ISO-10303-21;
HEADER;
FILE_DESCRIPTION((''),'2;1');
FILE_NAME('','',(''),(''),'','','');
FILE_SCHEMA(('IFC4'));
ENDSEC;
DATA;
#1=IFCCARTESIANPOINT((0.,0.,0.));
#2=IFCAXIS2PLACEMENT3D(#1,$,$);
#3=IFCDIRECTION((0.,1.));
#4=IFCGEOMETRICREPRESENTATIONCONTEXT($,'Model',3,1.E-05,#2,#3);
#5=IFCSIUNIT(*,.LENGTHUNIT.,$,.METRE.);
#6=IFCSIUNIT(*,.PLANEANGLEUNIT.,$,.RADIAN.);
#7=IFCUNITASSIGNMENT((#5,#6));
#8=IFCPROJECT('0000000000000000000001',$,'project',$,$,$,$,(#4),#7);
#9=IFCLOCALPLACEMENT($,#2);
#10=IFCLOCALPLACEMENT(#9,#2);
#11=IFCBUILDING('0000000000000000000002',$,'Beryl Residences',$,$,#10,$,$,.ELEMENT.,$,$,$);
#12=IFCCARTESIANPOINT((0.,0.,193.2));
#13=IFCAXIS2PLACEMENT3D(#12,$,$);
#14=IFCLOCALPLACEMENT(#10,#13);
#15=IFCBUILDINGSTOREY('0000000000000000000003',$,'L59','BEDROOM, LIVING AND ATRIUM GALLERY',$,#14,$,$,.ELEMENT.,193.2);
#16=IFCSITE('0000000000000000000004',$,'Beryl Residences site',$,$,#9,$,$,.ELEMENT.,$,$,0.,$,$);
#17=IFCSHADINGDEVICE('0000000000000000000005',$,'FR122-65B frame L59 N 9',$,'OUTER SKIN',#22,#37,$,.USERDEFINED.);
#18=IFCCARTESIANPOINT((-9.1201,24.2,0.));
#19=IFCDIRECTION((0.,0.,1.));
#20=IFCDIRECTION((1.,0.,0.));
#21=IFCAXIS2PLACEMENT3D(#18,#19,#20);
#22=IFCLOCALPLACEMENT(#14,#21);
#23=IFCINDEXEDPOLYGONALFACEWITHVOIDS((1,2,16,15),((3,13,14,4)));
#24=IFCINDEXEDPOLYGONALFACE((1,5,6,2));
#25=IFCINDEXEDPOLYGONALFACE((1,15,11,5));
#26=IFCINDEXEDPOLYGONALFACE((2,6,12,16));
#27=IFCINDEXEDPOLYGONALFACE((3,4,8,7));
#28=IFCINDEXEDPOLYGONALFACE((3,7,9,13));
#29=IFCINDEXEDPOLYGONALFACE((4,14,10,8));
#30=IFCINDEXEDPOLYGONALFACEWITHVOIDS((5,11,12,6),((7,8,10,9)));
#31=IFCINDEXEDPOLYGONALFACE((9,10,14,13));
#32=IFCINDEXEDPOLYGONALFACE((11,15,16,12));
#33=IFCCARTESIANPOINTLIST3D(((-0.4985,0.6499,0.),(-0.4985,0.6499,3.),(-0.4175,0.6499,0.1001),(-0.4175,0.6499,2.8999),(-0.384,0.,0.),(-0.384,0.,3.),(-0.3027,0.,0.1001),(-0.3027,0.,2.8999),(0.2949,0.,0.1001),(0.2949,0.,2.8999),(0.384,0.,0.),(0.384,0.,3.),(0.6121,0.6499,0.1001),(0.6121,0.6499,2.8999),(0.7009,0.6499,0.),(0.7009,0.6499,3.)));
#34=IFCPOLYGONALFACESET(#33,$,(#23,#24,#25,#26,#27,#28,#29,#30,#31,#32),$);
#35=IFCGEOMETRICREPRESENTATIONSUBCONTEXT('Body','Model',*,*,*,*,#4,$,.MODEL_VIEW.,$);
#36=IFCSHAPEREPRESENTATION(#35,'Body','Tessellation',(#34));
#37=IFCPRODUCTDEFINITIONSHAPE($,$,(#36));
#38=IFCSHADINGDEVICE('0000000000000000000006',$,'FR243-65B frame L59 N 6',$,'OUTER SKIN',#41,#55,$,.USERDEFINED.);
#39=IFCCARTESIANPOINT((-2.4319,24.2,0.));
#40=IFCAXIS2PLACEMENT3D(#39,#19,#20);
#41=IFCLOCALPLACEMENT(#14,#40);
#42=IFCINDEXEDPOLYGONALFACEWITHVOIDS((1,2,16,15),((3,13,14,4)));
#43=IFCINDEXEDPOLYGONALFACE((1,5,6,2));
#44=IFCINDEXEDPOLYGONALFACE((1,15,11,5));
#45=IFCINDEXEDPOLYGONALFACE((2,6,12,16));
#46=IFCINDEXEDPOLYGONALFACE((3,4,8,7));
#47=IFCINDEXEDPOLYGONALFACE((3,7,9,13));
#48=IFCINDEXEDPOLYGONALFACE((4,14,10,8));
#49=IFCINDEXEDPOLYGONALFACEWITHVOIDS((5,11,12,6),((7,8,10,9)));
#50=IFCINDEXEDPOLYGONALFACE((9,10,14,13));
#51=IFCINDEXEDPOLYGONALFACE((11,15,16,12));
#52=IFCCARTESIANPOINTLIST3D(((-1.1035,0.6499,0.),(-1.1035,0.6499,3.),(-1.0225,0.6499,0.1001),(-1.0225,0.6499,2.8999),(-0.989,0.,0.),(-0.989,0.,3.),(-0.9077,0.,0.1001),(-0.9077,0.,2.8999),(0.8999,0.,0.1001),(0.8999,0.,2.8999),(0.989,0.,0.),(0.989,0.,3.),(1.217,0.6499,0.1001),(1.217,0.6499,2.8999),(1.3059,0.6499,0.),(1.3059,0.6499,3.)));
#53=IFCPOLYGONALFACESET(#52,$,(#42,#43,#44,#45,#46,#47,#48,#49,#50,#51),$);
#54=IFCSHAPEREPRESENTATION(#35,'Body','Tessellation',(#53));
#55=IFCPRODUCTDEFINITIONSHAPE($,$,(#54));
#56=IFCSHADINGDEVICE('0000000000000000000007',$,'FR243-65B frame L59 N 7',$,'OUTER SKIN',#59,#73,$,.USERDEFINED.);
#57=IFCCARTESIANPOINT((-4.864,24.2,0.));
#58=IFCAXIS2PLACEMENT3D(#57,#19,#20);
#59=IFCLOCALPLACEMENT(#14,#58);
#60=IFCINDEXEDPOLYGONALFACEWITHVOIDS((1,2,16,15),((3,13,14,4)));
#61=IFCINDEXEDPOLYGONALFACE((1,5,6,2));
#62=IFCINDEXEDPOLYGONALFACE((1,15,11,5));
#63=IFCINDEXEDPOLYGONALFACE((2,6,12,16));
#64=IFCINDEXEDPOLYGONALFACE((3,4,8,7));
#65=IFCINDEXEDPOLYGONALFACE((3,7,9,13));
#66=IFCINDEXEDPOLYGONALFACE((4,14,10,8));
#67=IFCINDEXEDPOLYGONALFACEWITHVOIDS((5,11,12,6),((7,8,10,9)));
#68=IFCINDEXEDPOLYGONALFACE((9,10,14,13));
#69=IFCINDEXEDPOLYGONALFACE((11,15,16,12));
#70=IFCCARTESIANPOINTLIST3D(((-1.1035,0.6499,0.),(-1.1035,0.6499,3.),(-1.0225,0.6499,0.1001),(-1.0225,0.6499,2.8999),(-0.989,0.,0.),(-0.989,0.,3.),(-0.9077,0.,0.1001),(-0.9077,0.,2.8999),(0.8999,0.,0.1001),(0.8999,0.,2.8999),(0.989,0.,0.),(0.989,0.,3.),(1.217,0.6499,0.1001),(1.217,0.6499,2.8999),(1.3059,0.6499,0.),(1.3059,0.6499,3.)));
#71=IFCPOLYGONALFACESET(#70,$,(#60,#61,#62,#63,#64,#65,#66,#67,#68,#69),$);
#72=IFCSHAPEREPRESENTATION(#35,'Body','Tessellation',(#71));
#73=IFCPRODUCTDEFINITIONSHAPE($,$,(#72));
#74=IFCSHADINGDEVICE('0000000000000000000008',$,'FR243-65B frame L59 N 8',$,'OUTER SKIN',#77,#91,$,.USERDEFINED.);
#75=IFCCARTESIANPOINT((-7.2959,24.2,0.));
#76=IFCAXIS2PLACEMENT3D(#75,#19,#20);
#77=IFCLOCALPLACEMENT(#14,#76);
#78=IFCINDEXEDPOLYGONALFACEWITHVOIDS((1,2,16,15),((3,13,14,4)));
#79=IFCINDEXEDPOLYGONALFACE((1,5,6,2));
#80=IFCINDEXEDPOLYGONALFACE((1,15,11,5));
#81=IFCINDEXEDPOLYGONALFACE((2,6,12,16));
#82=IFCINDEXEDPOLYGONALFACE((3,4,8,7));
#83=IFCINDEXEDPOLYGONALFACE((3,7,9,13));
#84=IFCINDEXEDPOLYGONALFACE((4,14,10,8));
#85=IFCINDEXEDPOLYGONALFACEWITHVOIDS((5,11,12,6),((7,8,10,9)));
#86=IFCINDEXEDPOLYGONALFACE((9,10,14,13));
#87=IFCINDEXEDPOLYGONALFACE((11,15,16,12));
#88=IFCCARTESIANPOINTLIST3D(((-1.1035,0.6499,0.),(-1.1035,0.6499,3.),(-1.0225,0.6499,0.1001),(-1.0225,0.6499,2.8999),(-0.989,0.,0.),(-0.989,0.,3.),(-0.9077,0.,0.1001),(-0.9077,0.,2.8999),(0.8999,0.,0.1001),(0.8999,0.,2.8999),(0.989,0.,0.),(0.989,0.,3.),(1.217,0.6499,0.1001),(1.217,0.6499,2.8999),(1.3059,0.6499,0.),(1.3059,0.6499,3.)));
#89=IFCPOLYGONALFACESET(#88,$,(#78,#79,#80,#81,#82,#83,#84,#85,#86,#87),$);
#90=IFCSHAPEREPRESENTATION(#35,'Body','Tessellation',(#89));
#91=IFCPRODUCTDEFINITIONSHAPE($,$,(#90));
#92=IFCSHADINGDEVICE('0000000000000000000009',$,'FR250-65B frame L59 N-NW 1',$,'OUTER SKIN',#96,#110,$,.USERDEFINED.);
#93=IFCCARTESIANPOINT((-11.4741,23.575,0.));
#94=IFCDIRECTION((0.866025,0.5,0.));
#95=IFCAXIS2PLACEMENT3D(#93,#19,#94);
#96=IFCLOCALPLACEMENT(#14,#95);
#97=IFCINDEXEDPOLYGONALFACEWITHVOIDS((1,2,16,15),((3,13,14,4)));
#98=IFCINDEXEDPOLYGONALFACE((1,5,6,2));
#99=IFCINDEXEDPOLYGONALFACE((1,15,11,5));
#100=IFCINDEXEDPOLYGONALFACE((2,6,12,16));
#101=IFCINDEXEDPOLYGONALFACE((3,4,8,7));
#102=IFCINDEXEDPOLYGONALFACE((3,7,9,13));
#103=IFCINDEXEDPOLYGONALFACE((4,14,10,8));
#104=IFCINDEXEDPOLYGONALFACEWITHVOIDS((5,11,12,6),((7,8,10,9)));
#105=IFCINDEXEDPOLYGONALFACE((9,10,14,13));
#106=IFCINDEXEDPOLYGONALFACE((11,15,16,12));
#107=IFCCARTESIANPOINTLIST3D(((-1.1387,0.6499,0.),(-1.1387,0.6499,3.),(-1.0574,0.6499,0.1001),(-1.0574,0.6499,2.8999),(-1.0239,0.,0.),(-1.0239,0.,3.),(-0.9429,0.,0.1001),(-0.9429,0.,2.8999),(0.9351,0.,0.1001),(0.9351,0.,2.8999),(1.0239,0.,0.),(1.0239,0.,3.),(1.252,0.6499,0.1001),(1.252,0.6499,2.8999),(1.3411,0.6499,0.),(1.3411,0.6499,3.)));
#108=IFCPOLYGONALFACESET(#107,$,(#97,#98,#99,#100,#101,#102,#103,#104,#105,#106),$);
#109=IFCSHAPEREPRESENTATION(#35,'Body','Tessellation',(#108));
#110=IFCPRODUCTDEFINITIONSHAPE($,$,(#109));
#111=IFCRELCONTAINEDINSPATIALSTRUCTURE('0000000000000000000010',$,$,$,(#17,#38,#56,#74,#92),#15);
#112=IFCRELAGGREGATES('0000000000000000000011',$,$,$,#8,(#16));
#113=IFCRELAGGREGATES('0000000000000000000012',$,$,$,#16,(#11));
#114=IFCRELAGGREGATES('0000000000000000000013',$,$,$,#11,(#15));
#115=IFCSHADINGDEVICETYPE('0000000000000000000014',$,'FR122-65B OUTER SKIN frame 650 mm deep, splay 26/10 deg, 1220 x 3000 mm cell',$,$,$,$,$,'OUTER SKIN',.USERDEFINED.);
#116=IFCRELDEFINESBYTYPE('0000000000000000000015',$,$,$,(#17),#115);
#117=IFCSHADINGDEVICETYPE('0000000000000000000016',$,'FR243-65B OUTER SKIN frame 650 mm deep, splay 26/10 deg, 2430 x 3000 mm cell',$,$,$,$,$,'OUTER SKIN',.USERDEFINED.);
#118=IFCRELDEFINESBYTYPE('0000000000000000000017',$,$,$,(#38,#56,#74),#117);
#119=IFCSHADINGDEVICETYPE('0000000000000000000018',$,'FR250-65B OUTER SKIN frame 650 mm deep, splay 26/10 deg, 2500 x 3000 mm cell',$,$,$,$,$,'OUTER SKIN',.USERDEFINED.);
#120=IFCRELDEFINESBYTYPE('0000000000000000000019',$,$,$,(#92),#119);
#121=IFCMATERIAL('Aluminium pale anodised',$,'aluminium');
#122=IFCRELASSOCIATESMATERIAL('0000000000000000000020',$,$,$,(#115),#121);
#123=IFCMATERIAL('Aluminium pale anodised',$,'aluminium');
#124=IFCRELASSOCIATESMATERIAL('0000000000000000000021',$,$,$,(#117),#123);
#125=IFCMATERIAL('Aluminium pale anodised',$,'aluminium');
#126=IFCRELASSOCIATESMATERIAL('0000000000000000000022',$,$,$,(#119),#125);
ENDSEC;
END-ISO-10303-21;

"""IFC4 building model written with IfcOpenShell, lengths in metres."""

from ifc_helpers import new_model, entity, si_unit, direction, frame, origin, place, context, subcontext, project, spatial, source, transform, mapped, material, type_object, type_shapes, element, save


model = new_model("IFC4")

# Units and contexts
model_context = context("Model", 3, precision=1e-05, world=origin(), true_north=direction((0.0, 1.0)))
body_context = subcontext(model_context, "Body", "Model", "MODEL_VIEW")
ifc_project = project(units=[si_unit("LENGTHUNIT", "METRE"), si_unit("PLANEANGLEUNIT", "RADIAN")], contexts=[model_context])

# Site, building, storey
site_placement = place(None, origin())
site = spatial("IfcSite", under=ifc_project, at=site_placement, Name="Beryl Residences site", CompositionType="ELEMENT", RefElevation=0.0)
building_placement = place(site_placement, origin())
building = spatial("IfcBuilding", under=site, at=building_placement, Name="Beryl Residences", CompositionType="ELEMENT")
storey_placement = place(building_placement, frame((0.0, 0.0, 193.2)))
storey = spatial("IfcBuildingStorey", under=building, at=storey_placement, Name="L59", Description="BEDROOM, LIVING AND ATRIUM GALLERY", CompositionType="ELEMENT", Elevation=193.2)

# Shading devices
ifc_material_1 = material(Name="Aluminium pale anodised", Category="aluminium")
shading_device_type_1 = type_object("IfcShadingDeviceType", Name="FR122-65B OUTER SKIN frame 650 mm deep, splay 26/10 deg, 1220 x 3000 mm cell", ElementType="OUTER SKIN", PredefinedType="USERDEFINED", material=ifc_material_1)
cartesian_point_1 = entity("IfcCartesianPoint", [-0.384, 0.0])
cartesian_point_2 = entity("IfcCartesianPoint", [-0.2949, 0.1001])
cartesian_point_3 = entity("IfcCartesianPoint", [-0.7009, 0.0])
cartesian_point_4 = entity("IfcCartesianPoint", [-0.6121, 0.1001])
shared_shape_1 = source(origin(), body_context, "Body", "SweptSolid", [
    entity("IfcExtrudedAreaSolidTapered", entity("IfcArbitraryProfileDefWithVoids", "AREA", None, entity("IfcPolyline", [cartesian_point_1, entity("IfcCartesianPoint", [0.384, 0.0]), entity("IfcCartesianPoint", [0.384, 3.0]), entity("IfcCartesianPoint", [-0.384, 3.0]), cartesian_point_1]), [entity("IfcPolyline", [cartesian_point_2, entity("IfcCartesianPoint", [0.3027, 0.1001]), entity("IfcCartesianPoint", [0.3027, 2.8999]), entity("IfcCartesianPoint", [-0.2949, 2.8999]), cartesian_point_2])]), entity("IfcAxis2Placement3D", entity("IfcCartesianPoint", [0.0, 0.0, 0.0]), entity("IfcDirection", [0.0, 1.0, 0.0]), entity("IfcDirection", [-1.0, 0.0, 0.0])), entity("IfcDirection", [0.0, 0.0, 1.0]), 0.6499, entity("IfcArbitraryProfileDefWithVoids", "AREA", None, entity("IfcPolyline", [cartesian_point_3, entity("IfcCartesianPoint", [0.4985, 0.0]), entity("IfcCartesianPoint", [0.4985, 3.0]), entity("IfcCartesianPoint", [-0.7009, 3.0]), cartesian_point_3]), [entity("IfcPolyline", [cartesian_point_4, entity("IfcCartesianPoint", [0.4175, 0.1001]), entity("IfcCartesianPoint", [0.4175, 2.8999]), entity("IfcCartesianPoint", [-0.6121, 2.8999]), cartesian_point_4])])),
])
type_shapes(shading_device_type_1, [shared_shape_1])
shading_device_1_placement = place(storey_placement, frame((-9.1201, 24.2, 0.0), z_axis=(0.0, 0.0, 1.0), x_axis=(1.0, 0.0, 0.0)))
element("IfcShadingDevice", 1, at=shading_device_1_placement, inside=storey, type_object=shading_device_type_1, Name="FR122-65B frame L59 N 9", ObjectType="OUTER SKIN", PredefinedType="USERDEFINED", context=body_context, shape_type="MappedRepresentation", body=[
    mapped(shared_shape_1, transform((0.0, 0.0, 0.0))),
])
ifc_material_2 = material(Name="Aluminium pale anodised", Category="aluminium")
shading_device_type_2 = type_object("IfcShadingDeviceType", Name="FR243-65B OUTER SKIN frame 650 mm deep, splay 26/10 deg, 2430 x 3000 mm cell", ElementType="OUTER SKIN", PredefinedType="USERDEFINED", material=ifc_material_2)
cartesian_point_5 = entity("IfcCartesianPoint", [-0.989, 0.0])
cartesian_point_6 = entity("IfcCartesianPoint", [-0.8999, 0.1001])
cartesian_point_7 = entity("IfcCartesianPoint", [-1.3059, 0.0])
cartesian_point_8 = entity("IfcCartesianPoint", [-1.217, 0.1001])
shared_shape_2 = source(origin(), body_context, "Body", "SweptSolid", [
    entity("IfcExtrudedAreaSolidTapered", entity("IfcArbitraryProfileDefWithVoids", "AREA", None, entity("IfcPolyline", [cartesian_point_5, entity("IfcCartesianPoint", [0.989, 0.0]), entity("IfcCartesianPoint", [0.989, 3.0]), entity("IfcCartesianPoint", [-0.989, 3.0]), cartesian_point_5]), [entity("IfcPolyline", [cartesian_point_6, entity("IfcCartesianPoint", [0.9077, 0.1001]), entity("IfcCartesianPoint", [0.9077, 2.8999]), entity("IfcCartesianPoint", [-0.8999, 2.8999]), cartesian_point_6])]), entity("IfcAxis2Placement3D", entity("IfcCartesianPoint", [0.0, 0.0, 0.0]), entity("IfcDirection", [0.0, 1.0, 0.0]), entity("IfcDirection", [-1.0, 0.0, 0.0])), entity("IfcDirection", [0.0, 0.0, 1.0]), 0.6499, entity("IfcArbitraryProfileDefWithVoids", "AREA", None, entity("IfcPolyline", [cartesian_point_7, entity("IfcCartesianPoint", [1.1035, 0.0]), entity("IfcCartesianPoint", [1.1035, 3.0]), entity("IfcCartesianPoint", [-1.3059, 3.0]), cartesian_point_7]), [entity("IfcPolyline", [cartesian_point_8, entity("IfcCartesianPoint", [1.0225, 0.1001]), entity("IfcCartesianPoint", [1.0225, 2.8999]), entity("IfcCartesianPoint", [-1.217, 2.8999]), cartesian_point_8])])),
])
type_shapes(shading_device_type_2, [shared_shape_2])
for number, where, z_axis, x_axis, name in (
    (2, (-2.4319, 24.2, 0.0), (0.0, 0.0, 1.0), (1.0, 0.0, 0.0), "FR243-65B frame L59 N 6"),
    (3, (-4.864, 24.2, 0.0), (0.0, 0.0, 1.0), (1.0, 0.0, 0.0), "FR243-65B frame L59 N 7"),
    (4, (-7.2959, 24.2, 0.0), (0.0, 0.0, 1.0), (1.0, 0.0, 0.0), "FR243-65B frame L59 N 8"),
):
    element("IfcShadingDevice", number, at=place(storey_placement, frame(where, z_axis=z_axis, x_axis=x_axis)), inside=storey, type_object=shading_device_type_2, Name=name, ObjectType="OUTER SKIN", PredefinedType="USERDEFINED", context=body_context, shape_type="MappedRepresentation", body=[
        mapped(shared_shape_2, transform((0.0, 0.0, 0.0))),
    ])
ifc_material_3 = material(Name="Aluminium pale anodised", Category="aluminium")
shading_device_type_3 = type_object("IfcShadingDeviceType", Name="FR250-65B OUTER SKIN frame 650 mm deep, splay 26/10 deg, 2500 x 3000 mm cell", ElementType="OUTER SKIN", PredefinedType="USERDEFINED", material=ifc_material_3)
cartesian_point_9 = entity("IfcCartesianPoint", [-1.0239, 0.0])
cartesian_point_10 = entity("IfcCartesianPoint", [-0.9351, 0.1001])
cartesian_point_11 = entity("IfcCartesianPoint", [-1.3411, 0.0])
cartesian_point_12 = entity("IfcCartesianPoint", [-1.252, 0.1001])
shared_shape_3 = source(origin(), body_context, "Body", "SweptSolid", [
    entity("IfcExtrudedAreaSolidTapered", entity("IfcArbitraryProfileDefWithVoids", "AREA", None, entity("IfcPolyline", [cartesian_point_9, entity("IfcCartesianPoint", [1.0239, 0.0]), entity("IfcCartesianPoint", [1.0239, 3.0]), entity("IfcCartesianPoint", [-1.0239, 3.0]), cartesian_point_9]), [entity("IfcPolyline", [cartesian_point_10, entity("IfcCartesianPoint", [0.9429, 0.1001]), entity("IfcCartesianPoint", [0.9429, 2.8999]), entity("IfcCartesianPoint", [-0.9351, 2.8999]), cartesian_point_10])]), entity("IfcAxis2Placement3D", entity("IfcCartesianPoint", [0.0, 0.0, 0.0]), entity("IfcDirection", [0.0, 1.0, 0.0]), entity("IfcDirection", [-1.0, 0.0, 0.0])), entity("IfcDirection", [0.0, 0.0, 1.0]), 0.6499, entity("IfcArbitraryProfileDefWithVoids", "AREA", None, entity("IfcPolyline", [cartesian_point_11, entity("IfcCartesianPoint", [1.1387, 0.0]), entity("IfcCartesianPoint", [1.1387, 3.0]), entity("IfcCartesianPoint", [-1.3411, 3.0]), cartesian_point_11]), [entity("IfcPolyline", [cartesian_point_12, entity("IfcCartesianPoint", [1.0574, 0.1001]), entity("IfcCartesianPoint", [1.0574, 2.8999]), entity("IfcCartesianPoint", [-1.252, 2.8999]), cartesian_point_12])])),
])
type_shapes(shading_device_type_3, [shared_shape_3])
shading_device_2_placement = place(storey_placement, frame((-11.4741, 23.575, 0.0), z_axis=(0.0, 0.0, 1.0), x_axis=(0.866025, 0.5, 0.0)))
element("IfcShadingDevice", 5, at=shading_device_2_placement, inside=storey, type_object=shading_device_type_3, Name="FR250-65B frame L59 N-NW 1", ObjectType="OUTER SKIN", PredefinedType="USERDEFINED", context=body_context, shape_type="MappedRepresentation", body=[
    mapped(shared_shape_3, transform((0.0, 0.0, 0.0))),
])

save(model, "model.ifc")
